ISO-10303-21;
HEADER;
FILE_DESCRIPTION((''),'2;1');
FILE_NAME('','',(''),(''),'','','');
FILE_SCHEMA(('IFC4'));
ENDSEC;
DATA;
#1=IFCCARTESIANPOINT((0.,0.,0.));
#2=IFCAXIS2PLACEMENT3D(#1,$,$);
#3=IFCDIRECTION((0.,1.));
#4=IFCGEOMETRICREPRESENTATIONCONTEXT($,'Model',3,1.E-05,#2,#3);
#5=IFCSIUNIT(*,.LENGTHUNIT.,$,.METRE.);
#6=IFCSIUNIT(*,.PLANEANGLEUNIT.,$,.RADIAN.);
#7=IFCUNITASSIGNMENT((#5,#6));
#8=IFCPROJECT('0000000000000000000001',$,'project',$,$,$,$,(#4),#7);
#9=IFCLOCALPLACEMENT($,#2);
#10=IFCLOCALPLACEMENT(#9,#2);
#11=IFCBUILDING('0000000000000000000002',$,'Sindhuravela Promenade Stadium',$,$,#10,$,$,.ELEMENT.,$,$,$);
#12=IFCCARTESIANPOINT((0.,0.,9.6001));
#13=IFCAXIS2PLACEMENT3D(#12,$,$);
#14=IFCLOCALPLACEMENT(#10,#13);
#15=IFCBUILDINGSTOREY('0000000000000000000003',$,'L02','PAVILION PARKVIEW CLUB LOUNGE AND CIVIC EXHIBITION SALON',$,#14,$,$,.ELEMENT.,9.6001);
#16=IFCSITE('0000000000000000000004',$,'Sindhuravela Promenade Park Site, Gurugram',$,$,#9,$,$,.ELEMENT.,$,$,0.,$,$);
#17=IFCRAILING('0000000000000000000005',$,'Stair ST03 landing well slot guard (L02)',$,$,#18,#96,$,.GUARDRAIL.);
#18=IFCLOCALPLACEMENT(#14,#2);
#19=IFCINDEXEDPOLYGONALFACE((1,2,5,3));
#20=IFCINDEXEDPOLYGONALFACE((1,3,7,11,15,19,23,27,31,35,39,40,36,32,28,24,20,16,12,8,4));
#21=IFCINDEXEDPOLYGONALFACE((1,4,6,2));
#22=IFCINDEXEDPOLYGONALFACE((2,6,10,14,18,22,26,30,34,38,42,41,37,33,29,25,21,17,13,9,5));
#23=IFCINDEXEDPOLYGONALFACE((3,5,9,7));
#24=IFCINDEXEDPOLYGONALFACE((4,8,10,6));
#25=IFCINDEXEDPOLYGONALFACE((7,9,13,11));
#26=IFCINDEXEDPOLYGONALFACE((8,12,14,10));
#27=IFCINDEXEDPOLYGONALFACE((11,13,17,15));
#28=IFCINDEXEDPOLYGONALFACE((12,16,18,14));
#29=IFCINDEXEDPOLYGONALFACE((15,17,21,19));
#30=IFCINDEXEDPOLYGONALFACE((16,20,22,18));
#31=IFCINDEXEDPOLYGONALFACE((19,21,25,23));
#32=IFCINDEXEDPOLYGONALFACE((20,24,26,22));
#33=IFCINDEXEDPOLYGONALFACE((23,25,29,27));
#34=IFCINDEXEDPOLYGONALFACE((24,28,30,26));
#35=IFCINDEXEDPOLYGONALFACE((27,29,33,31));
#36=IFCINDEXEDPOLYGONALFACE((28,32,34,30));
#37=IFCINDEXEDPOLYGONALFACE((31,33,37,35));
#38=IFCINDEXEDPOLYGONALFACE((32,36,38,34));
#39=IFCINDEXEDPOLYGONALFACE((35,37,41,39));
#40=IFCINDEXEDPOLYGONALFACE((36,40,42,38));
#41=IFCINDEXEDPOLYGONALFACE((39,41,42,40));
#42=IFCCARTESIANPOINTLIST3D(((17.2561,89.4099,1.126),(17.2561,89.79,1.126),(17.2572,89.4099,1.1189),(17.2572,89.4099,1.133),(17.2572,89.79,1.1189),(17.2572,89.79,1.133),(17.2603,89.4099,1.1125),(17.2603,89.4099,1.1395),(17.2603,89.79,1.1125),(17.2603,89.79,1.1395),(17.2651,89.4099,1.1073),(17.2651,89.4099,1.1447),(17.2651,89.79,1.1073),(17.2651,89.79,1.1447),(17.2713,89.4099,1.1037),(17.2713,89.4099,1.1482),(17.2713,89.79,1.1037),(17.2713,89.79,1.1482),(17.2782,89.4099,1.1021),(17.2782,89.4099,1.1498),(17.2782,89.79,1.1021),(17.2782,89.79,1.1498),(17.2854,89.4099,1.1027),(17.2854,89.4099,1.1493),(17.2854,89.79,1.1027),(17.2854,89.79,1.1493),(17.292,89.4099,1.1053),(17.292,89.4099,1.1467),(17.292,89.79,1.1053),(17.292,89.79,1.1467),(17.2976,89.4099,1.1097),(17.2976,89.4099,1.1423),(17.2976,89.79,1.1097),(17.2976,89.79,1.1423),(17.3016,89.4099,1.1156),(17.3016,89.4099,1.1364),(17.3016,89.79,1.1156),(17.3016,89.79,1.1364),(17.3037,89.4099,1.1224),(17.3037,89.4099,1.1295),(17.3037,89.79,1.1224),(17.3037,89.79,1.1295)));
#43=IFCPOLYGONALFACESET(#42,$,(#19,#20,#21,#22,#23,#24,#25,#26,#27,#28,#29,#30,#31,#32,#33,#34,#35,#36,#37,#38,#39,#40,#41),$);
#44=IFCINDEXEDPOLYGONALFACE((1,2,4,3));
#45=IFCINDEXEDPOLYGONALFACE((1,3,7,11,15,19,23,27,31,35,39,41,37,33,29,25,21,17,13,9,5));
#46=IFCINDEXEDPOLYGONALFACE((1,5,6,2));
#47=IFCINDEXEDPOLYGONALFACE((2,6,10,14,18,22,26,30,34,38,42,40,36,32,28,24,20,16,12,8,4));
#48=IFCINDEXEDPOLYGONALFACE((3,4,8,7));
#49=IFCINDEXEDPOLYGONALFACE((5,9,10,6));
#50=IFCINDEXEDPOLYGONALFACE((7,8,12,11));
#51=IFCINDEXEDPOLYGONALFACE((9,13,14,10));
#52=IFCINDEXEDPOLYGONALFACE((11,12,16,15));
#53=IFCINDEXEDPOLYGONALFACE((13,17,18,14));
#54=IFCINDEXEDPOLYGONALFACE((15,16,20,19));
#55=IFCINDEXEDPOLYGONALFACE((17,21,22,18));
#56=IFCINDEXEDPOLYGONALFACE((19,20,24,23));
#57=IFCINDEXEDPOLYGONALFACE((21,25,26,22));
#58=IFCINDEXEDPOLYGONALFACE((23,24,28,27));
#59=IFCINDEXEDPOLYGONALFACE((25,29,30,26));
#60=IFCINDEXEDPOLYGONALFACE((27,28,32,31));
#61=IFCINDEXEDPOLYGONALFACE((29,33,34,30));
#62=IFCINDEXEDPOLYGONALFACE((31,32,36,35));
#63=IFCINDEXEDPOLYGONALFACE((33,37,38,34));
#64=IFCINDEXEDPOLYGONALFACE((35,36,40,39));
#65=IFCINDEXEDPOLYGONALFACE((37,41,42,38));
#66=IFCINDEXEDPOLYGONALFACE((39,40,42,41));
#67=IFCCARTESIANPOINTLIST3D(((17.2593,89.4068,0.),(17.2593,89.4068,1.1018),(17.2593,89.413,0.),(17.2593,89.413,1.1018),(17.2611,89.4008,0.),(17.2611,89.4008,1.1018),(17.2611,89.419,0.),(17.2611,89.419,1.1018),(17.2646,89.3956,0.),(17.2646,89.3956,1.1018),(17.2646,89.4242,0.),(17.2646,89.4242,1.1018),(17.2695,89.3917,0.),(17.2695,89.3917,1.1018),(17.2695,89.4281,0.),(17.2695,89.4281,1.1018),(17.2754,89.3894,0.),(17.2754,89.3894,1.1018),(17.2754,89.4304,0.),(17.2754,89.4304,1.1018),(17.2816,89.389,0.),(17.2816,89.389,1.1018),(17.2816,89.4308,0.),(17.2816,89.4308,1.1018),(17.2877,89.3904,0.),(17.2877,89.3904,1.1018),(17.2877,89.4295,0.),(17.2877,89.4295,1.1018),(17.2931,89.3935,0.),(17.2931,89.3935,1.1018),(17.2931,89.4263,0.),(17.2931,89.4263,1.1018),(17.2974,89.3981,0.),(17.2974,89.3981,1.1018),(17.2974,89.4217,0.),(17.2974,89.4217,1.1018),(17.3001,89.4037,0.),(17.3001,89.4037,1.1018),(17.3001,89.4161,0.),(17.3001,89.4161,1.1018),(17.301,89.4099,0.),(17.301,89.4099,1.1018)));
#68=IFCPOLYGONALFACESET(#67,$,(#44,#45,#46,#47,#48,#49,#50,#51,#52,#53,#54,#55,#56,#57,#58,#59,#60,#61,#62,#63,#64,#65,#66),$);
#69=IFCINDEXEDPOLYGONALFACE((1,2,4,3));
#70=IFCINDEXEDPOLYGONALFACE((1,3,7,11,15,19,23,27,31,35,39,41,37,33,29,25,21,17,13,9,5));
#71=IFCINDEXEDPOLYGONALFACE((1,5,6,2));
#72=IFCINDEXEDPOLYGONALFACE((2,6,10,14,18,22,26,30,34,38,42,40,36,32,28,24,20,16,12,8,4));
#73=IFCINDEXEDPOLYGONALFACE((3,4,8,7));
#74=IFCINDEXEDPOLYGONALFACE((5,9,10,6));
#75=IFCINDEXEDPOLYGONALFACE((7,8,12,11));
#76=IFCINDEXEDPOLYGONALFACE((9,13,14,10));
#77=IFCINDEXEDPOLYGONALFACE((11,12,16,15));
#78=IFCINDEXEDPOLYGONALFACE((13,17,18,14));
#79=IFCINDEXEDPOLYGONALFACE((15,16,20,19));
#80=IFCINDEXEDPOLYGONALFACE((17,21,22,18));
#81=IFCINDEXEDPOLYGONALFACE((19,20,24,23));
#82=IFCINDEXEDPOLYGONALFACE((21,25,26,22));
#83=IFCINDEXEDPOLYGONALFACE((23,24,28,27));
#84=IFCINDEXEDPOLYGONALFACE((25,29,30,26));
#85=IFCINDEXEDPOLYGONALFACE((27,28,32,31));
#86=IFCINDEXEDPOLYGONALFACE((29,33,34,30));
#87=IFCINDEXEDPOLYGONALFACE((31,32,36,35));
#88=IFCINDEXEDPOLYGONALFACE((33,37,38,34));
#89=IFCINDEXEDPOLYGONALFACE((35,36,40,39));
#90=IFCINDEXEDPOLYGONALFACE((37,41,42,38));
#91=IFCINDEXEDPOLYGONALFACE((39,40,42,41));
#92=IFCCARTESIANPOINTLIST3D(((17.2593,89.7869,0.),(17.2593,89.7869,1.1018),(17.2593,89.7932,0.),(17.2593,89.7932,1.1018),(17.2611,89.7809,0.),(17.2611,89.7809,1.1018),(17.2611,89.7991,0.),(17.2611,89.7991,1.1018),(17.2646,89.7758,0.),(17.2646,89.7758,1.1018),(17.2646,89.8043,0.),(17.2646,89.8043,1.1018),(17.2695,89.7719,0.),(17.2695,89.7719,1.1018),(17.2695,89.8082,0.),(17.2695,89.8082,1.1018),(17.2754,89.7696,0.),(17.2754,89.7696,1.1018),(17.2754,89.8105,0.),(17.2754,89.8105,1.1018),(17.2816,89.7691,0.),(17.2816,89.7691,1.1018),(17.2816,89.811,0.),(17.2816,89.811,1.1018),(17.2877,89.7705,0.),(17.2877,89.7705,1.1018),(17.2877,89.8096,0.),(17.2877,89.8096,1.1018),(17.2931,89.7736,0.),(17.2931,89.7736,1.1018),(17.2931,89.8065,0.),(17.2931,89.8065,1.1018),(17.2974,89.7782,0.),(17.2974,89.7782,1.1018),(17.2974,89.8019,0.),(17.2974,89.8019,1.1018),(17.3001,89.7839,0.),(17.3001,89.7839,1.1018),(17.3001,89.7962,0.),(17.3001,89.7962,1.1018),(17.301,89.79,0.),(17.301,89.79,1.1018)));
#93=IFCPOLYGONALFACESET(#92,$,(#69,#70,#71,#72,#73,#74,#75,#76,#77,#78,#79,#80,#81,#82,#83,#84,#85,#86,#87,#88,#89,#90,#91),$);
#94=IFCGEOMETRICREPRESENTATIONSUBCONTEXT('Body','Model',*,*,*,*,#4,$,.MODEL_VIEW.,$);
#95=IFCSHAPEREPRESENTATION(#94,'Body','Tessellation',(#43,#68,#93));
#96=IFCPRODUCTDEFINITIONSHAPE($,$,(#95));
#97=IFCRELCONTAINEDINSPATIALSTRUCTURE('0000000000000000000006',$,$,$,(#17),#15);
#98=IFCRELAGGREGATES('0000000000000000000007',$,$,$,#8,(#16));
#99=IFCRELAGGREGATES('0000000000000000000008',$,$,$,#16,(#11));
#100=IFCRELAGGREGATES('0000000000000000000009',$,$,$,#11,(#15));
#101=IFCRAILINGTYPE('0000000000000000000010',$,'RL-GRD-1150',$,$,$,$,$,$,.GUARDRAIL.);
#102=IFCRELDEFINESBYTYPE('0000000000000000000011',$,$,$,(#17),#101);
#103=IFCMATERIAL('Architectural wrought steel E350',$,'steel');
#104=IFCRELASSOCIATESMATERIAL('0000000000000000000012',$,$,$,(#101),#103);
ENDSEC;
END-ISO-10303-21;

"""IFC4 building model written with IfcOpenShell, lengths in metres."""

from ifc_helpers import new_model, si_unit, direction, frame, origin, origin_2d, place, context, subcontext, project, spatial, circle, extrude, material, type_object, element, save


model = new_model("IFC4")

# Units and contexts
model_context = context("Model", 3, precision=1e-05, world=origin(), true_north=direction((0.0, 1.0)))
body_context = subcontext(model_context, "Body", "Model", "MODEL_VIEW")
ifc_project = project(units=[si_unit("LENGTHUNIT", "METRE"), si_unit("PLANEANGLEUNIT", "RADIAN")], contexts=[model_context])

# Site, building, storey
site_placement = place(None, origin())
site = spatial("IfcSite", under=ifc_project, at=site_placement, Name="Sindhuravela Promenade Park Site, Gurugram", CompositionType="ELEMENT", RefElevation=0.0)
building_placement = place(site_placement, origin())
building = spatial("IfcBuilding", under=site, at=building_placement, Name="Sindhuravela Promenade Stadium", CompositionType="ELEMENT")
storey_placement = place(building_placement, frame((0.0, 0.0, 9.6001)))
storey = spatial("IfcBuildingStorey", under=building, at=storey_placement, Name="L02", Description="PAVILION PARKVIEW CLUB LOUNGE AND CIVIC EXHIBITION SALON", CompositionType="ELEMENT", Elevation=9.6001)

# Shared definitions
ifc_material_1 = material(Name="Architectural wrought steel E350", Category="steel")

# Railing
railing_type_1 = type_object("IfcRailingType", Name="RL-GRD-1150", PredefinedType="GUARDRAIL", material=ifc_material_1)
railing_1_placement = place(storey_placement, frame((17.28, 89.4099, 0.0)))
element("IfcRailing", 1, at=railing_1_placement, inside=storey, type_object=railing_type_1, Name="Stair ST03 landing well slot guard (L02)", PredefinedType="GUARDRAIL", context=body_context, shape_type="SweptSolid", body=[
    extrude(circle(Radius=0.0239, at=origin_2d()), frame((0.0, 0.0, 1.126), z_axis=(0.0, 1.0, 0.0), x_axis=(-1.0, 0.0, 0.0)), (0.0, 0.0, 1.0), 0.3801),
    extrude(circle(Radius=0.021, at=origin_2d()), origin(), (0.0, 0.0, 1.0), 1.1018),
    extrude(circle(Radius=0.021, at=origin_2d()), frame((0.0, 0.3801, 0.0)), (0.0, 0.0, 1.0), 1.1018),
])

save(model, "model.ifc")
